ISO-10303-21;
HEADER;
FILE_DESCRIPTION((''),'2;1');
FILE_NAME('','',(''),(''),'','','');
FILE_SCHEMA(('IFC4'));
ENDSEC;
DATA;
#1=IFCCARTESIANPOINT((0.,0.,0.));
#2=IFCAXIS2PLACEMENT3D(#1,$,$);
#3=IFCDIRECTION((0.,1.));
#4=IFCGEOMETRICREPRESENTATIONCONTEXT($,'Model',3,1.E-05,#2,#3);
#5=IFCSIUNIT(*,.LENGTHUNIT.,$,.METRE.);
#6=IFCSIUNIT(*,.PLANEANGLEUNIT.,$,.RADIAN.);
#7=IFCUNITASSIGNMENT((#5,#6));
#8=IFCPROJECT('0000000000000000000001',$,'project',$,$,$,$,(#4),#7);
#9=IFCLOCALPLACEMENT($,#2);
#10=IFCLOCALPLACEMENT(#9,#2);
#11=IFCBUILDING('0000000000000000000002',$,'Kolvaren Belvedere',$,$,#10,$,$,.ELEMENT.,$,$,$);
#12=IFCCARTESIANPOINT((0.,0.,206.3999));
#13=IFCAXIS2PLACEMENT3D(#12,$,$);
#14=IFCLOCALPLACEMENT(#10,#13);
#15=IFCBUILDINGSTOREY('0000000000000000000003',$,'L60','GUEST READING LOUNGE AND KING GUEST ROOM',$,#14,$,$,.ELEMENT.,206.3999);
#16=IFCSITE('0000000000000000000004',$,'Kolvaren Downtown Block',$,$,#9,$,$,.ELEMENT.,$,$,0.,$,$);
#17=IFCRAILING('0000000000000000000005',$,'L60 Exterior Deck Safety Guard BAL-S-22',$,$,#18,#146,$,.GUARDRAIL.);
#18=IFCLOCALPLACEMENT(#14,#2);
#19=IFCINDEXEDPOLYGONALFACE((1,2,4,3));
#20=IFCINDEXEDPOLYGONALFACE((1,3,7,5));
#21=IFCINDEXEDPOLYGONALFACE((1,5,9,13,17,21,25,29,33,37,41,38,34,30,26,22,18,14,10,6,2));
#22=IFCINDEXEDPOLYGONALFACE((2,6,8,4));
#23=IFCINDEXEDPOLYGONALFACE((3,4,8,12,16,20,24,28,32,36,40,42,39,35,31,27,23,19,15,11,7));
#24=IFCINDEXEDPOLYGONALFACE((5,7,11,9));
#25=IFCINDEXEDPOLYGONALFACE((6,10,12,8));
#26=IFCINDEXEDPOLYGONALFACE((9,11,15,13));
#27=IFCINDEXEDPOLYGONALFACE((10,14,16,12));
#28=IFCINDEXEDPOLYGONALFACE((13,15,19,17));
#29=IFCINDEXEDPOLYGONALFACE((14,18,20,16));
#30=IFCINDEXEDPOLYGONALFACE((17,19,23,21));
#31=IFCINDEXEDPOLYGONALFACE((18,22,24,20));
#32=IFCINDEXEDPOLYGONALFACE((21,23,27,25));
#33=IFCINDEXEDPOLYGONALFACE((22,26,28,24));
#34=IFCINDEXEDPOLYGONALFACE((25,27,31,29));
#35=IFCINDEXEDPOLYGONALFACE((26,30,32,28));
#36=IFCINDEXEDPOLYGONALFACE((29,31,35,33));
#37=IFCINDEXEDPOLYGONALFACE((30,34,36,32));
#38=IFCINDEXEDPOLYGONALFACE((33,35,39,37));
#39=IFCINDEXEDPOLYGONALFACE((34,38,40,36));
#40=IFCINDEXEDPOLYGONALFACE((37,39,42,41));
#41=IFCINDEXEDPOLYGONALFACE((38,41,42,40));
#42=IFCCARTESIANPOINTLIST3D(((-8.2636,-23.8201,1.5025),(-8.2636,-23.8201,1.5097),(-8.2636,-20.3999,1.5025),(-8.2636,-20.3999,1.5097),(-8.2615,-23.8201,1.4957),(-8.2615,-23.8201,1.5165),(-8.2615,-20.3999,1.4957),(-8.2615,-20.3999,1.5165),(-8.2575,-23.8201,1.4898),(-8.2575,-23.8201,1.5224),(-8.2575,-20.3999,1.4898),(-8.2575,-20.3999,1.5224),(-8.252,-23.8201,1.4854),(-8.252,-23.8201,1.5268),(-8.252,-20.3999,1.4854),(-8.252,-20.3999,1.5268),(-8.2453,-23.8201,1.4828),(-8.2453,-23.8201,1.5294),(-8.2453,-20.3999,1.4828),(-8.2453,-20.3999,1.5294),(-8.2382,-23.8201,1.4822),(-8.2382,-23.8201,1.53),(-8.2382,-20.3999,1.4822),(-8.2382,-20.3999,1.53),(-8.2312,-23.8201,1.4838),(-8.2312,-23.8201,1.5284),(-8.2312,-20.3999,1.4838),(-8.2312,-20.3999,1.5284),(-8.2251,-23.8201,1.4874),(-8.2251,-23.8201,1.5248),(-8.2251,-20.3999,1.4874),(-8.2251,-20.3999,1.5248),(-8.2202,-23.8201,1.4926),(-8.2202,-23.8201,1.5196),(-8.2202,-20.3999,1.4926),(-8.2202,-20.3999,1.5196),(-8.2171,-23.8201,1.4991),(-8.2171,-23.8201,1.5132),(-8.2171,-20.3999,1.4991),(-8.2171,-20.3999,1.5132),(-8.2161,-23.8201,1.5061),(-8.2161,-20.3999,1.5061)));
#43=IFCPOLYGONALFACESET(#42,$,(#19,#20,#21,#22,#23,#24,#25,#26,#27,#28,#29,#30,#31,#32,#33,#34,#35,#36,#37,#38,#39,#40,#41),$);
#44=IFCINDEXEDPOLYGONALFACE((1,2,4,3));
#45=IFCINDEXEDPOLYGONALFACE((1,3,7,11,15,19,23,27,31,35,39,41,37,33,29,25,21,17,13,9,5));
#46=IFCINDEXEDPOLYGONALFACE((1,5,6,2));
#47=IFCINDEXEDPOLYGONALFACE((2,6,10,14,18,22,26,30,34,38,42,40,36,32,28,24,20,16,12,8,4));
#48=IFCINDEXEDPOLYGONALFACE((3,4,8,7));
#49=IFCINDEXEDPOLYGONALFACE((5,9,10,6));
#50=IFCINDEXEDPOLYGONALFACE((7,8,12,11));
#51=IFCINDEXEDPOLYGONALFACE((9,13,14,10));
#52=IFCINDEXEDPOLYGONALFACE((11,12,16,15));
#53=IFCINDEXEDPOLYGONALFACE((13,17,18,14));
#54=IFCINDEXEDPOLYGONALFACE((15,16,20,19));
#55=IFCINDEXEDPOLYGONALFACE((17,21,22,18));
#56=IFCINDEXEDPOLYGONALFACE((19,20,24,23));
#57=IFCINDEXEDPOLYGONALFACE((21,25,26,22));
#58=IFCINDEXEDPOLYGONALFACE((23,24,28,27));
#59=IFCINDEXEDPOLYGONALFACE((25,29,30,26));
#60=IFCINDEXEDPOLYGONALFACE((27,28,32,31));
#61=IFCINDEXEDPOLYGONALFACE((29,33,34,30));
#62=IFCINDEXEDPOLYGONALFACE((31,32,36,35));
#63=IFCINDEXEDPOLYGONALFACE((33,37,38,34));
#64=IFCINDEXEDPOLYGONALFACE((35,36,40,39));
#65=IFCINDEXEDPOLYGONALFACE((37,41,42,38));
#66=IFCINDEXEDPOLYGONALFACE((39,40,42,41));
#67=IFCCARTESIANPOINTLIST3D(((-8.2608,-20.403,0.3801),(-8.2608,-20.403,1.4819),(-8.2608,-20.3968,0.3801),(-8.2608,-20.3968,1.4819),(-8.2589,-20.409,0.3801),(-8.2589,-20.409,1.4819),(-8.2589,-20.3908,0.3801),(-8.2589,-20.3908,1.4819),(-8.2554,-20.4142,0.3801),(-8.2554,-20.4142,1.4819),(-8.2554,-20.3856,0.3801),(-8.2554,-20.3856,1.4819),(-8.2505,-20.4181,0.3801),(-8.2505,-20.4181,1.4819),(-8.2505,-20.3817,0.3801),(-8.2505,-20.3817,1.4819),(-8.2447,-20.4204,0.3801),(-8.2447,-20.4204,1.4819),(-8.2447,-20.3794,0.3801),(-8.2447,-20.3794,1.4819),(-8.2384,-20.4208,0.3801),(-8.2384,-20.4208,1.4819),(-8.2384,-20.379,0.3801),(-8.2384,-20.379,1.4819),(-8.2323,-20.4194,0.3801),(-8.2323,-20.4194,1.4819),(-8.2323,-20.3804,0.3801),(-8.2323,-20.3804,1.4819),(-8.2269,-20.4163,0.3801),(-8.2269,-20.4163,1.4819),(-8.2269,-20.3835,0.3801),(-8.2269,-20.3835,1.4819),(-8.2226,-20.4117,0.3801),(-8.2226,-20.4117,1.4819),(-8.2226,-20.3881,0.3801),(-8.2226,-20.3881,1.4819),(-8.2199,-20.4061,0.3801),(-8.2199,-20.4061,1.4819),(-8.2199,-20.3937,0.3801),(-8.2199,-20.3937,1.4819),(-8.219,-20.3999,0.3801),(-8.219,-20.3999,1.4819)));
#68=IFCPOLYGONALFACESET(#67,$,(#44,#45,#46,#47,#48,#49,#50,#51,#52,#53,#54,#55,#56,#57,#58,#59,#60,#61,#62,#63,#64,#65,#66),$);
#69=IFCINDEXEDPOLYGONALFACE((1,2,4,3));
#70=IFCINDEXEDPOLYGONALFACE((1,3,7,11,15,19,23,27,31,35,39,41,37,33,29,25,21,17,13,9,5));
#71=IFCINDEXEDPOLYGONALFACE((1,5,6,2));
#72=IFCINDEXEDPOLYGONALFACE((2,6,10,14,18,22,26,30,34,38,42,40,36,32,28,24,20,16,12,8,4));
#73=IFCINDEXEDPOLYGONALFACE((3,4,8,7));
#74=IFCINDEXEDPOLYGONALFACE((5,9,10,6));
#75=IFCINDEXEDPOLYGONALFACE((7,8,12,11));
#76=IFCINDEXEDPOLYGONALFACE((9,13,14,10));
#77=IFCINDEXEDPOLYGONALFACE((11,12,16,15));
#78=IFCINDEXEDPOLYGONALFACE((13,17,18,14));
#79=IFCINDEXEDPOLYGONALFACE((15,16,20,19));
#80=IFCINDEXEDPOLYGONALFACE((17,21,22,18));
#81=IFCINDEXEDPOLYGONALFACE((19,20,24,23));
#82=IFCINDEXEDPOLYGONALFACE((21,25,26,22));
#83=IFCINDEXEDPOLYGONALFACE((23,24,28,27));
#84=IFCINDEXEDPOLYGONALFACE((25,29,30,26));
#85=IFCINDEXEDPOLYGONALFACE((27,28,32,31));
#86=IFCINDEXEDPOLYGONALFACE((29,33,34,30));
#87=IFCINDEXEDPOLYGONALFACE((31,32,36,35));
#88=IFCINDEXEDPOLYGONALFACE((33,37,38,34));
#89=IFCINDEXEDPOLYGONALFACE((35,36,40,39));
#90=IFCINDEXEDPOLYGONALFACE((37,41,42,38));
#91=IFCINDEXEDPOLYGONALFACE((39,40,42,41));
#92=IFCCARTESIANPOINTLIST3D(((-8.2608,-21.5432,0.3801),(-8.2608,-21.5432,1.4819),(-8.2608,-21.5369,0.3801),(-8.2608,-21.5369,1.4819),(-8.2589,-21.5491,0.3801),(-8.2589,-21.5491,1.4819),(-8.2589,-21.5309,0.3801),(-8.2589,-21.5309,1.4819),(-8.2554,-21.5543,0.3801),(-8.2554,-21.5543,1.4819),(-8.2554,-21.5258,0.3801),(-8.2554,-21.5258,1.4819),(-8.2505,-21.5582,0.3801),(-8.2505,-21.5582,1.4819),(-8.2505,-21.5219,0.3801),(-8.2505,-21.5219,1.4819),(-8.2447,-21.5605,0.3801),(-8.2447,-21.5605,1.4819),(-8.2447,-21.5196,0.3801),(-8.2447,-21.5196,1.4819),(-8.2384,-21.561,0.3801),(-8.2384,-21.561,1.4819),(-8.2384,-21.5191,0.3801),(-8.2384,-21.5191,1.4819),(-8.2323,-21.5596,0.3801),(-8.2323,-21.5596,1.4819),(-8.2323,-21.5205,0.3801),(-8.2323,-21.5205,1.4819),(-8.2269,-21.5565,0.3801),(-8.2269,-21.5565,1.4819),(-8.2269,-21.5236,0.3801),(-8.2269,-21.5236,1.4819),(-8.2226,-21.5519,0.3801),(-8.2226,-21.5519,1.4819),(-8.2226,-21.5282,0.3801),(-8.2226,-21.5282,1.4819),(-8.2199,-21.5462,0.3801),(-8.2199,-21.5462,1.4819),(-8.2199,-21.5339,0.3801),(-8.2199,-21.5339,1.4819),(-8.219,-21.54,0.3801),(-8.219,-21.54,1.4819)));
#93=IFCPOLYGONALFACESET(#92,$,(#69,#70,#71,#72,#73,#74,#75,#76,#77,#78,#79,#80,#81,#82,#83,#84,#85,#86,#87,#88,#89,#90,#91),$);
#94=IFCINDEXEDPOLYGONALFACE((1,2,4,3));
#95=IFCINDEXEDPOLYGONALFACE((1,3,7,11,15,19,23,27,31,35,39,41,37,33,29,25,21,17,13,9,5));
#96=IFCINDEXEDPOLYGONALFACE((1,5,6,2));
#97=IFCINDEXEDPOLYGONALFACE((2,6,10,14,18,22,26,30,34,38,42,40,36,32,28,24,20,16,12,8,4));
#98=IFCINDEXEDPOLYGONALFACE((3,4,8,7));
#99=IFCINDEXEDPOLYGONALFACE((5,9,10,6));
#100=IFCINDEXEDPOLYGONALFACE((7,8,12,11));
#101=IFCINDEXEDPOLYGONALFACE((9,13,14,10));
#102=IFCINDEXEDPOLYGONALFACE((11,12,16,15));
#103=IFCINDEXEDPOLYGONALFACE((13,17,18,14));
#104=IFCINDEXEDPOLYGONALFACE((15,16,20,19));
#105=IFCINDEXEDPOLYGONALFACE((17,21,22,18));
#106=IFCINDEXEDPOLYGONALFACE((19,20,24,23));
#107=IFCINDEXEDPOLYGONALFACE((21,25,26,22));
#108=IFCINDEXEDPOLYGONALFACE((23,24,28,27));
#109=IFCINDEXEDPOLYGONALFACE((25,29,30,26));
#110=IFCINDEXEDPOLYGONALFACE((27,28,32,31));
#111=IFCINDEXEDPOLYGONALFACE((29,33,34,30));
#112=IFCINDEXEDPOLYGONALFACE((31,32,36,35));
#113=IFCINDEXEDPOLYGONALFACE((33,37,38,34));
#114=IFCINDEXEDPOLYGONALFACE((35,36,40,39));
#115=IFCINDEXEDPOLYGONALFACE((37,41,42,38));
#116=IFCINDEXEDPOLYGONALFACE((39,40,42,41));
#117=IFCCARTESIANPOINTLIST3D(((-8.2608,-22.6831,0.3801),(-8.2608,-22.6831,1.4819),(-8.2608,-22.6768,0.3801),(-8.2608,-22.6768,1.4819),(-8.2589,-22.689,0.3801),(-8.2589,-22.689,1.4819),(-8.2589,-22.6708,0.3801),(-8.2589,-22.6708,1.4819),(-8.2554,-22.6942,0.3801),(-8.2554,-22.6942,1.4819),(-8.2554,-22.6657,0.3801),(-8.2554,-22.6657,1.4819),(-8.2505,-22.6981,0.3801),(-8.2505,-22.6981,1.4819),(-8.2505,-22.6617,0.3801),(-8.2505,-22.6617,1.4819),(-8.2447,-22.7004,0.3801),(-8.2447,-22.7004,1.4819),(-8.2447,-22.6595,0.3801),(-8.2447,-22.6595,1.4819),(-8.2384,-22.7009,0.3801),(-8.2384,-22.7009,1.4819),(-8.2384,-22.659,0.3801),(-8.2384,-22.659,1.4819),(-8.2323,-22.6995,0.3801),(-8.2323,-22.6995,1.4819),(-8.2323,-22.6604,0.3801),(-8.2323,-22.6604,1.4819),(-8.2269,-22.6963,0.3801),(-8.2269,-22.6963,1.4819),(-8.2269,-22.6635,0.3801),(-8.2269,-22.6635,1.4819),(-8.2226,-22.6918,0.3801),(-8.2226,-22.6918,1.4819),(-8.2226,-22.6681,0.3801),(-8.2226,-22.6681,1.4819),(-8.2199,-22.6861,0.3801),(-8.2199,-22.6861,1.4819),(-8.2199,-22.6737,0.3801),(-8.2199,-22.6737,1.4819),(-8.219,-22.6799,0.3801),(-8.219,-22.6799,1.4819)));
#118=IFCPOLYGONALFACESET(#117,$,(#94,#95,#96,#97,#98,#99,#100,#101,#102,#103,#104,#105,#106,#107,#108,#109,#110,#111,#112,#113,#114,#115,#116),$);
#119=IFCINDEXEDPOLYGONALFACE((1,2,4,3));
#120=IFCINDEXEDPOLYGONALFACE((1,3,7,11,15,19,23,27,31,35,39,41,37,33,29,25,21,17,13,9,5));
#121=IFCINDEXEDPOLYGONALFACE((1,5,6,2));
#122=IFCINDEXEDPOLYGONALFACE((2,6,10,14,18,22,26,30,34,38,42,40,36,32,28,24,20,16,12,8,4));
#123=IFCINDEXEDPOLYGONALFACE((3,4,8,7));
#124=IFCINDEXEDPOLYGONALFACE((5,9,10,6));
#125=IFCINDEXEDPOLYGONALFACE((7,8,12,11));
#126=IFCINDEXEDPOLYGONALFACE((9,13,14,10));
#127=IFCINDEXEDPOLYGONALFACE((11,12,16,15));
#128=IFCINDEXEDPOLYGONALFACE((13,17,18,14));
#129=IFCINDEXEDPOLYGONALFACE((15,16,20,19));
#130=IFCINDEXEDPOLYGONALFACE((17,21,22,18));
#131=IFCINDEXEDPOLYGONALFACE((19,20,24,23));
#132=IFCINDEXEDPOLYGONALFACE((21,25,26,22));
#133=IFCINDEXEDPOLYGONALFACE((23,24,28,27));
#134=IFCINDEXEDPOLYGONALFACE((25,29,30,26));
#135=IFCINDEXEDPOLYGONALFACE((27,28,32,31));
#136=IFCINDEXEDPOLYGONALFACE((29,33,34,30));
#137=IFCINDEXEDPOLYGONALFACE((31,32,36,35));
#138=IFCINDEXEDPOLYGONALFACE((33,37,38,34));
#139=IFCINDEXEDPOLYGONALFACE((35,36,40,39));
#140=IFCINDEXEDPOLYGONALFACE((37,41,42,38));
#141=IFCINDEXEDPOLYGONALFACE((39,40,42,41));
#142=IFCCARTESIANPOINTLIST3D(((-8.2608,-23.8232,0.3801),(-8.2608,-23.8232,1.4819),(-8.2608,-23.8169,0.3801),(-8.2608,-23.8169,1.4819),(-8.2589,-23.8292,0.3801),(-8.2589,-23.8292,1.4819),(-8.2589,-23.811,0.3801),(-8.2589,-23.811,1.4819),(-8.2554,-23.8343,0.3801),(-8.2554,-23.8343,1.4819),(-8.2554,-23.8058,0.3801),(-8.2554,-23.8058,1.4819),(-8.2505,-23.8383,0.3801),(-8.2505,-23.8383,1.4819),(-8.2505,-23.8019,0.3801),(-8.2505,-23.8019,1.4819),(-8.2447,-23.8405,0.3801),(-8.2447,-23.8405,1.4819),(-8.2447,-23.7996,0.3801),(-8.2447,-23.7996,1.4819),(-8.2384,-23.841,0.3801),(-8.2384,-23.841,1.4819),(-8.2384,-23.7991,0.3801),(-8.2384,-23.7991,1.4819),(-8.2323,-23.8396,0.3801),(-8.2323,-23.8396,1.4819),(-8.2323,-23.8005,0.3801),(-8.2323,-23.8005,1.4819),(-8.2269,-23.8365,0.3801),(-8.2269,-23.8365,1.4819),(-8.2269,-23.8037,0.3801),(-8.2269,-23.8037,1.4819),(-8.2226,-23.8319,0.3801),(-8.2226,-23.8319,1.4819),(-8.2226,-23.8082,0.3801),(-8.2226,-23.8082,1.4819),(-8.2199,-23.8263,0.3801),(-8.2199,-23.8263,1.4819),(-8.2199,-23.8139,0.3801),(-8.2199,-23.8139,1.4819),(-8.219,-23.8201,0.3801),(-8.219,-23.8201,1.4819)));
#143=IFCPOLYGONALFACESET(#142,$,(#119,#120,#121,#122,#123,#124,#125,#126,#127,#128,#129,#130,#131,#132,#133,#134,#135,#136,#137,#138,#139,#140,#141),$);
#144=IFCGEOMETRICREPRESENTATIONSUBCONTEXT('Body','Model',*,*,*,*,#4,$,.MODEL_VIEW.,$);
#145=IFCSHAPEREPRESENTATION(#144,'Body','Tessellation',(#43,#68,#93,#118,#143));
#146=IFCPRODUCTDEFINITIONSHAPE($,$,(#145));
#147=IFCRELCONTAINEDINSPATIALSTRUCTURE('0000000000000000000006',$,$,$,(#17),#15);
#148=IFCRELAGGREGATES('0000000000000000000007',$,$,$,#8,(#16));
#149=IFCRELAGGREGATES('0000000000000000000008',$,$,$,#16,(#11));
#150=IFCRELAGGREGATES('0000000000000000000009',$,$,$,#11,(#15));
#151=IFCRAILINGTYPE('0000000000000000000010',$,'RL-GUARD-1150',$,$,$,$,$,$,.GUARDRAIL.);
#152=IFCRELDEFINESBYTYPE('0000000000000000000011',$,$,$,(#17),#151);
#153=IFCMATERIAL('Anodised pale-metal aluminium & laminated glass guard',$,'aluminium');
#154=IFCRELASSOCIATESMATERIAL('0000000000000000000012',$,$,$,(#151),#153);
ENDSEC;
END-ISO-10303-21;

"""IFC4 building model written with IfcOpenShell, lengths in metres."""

from ifc_helpers import new_model, si_unit, direction, frame, origin, origin_2d, place, context, subcontext, project, spatial, circle, extrude, material, type_object, element, save


model = new_model("IFC4")

# Units and contexts
model_context = context("Model", 3, precision=1e-05, world=origin(), true_north=direction((0.0, 1.0)))
body_context = subcontext(model_context, "Body", "Model", "MODEL_VIEW")
ifc_project = project(units=[si_unit("LENGTHUNIT", "METRE"), si_unit("PLANEANGLEUNIT", "RADIAN")], contexts=[model_context])

# Site, building, storey
site_placement = place(None, origin())
site = spatial("IfcSite", under=ifc_project, at=site_placement, Name="Kolvaren Downtown Block", CompositionType="ELEMENT", RefElevation=0.0)
building_placement = place(site_placement, origin())
building = spatial("IfcBuilding", under=site, at=building_placement, Name="Kolvaren Belvedere", CompositionType="ELEMENT")
storey_placement = place(building_placement, frame((0.0, 0.0, 206.3999)))
storey = spatial("IfcBuildingStorey", under=building, at=storey_placement, Name="L60", Description="GUEST READING LOUNGE AND KING GUEST ROOM", CompositionType="ELEMENT", Elevation=206.3999)

# Railing
ifc_material_1 = material(Name="Anodised pale-metal aluminium & laminated glass guard", Category="aluminium")
railing_type = type_object("IfcRailingType", Name="RL-GUARD-1150", PredefinedType="GUARDRAIL", material=ifc_material_1)
railing_1_placement = place(storey_placement, frame((-8.24, -20.3999, 0.3801)))
element("IfcRailing", 1, at=railing_1_placement, inside=storey, type_object=railing_type, Name="L60 Exterior Deck Safety Guard BAL-S-22", PredefinedType="GUARDRAIL", context=body_context, shape_type="SweptSolid", body=[
    extrude(circle(Radius=0.0239, at=origin_2d()), frame((0.0, 0.0, 1.126), z_axis=(0.0, -1.0, 0.0), x_axis=(1.0, 0.0, 0.0)), (0.0, 0.0, 1.0), 3.4202),
    extrude(circle(Radius=0.021, at=origin_2d()), origin(), (0.0, 0.0, 1.0), 1.1018),
    extrude(circle(Radius=0.021, at=origin_2d()), frame((0.0, -1.1401, 0.0)), (0.0, 0.0, 1.0), 1.1018),
    extrude(circle(Radius=0.021, at=origin_2d()), frame((0.0, -2.28, 0.0)), (0.0, 0.0, 1.0), 1.1018),
    extrude(circle(Radius=0.021, at=origin_2d()), frame((0.0, -3.4202, 0.0)), (0.0, 0.0, 1.0), 1.1018),
])

save(model, "model.ifc")
